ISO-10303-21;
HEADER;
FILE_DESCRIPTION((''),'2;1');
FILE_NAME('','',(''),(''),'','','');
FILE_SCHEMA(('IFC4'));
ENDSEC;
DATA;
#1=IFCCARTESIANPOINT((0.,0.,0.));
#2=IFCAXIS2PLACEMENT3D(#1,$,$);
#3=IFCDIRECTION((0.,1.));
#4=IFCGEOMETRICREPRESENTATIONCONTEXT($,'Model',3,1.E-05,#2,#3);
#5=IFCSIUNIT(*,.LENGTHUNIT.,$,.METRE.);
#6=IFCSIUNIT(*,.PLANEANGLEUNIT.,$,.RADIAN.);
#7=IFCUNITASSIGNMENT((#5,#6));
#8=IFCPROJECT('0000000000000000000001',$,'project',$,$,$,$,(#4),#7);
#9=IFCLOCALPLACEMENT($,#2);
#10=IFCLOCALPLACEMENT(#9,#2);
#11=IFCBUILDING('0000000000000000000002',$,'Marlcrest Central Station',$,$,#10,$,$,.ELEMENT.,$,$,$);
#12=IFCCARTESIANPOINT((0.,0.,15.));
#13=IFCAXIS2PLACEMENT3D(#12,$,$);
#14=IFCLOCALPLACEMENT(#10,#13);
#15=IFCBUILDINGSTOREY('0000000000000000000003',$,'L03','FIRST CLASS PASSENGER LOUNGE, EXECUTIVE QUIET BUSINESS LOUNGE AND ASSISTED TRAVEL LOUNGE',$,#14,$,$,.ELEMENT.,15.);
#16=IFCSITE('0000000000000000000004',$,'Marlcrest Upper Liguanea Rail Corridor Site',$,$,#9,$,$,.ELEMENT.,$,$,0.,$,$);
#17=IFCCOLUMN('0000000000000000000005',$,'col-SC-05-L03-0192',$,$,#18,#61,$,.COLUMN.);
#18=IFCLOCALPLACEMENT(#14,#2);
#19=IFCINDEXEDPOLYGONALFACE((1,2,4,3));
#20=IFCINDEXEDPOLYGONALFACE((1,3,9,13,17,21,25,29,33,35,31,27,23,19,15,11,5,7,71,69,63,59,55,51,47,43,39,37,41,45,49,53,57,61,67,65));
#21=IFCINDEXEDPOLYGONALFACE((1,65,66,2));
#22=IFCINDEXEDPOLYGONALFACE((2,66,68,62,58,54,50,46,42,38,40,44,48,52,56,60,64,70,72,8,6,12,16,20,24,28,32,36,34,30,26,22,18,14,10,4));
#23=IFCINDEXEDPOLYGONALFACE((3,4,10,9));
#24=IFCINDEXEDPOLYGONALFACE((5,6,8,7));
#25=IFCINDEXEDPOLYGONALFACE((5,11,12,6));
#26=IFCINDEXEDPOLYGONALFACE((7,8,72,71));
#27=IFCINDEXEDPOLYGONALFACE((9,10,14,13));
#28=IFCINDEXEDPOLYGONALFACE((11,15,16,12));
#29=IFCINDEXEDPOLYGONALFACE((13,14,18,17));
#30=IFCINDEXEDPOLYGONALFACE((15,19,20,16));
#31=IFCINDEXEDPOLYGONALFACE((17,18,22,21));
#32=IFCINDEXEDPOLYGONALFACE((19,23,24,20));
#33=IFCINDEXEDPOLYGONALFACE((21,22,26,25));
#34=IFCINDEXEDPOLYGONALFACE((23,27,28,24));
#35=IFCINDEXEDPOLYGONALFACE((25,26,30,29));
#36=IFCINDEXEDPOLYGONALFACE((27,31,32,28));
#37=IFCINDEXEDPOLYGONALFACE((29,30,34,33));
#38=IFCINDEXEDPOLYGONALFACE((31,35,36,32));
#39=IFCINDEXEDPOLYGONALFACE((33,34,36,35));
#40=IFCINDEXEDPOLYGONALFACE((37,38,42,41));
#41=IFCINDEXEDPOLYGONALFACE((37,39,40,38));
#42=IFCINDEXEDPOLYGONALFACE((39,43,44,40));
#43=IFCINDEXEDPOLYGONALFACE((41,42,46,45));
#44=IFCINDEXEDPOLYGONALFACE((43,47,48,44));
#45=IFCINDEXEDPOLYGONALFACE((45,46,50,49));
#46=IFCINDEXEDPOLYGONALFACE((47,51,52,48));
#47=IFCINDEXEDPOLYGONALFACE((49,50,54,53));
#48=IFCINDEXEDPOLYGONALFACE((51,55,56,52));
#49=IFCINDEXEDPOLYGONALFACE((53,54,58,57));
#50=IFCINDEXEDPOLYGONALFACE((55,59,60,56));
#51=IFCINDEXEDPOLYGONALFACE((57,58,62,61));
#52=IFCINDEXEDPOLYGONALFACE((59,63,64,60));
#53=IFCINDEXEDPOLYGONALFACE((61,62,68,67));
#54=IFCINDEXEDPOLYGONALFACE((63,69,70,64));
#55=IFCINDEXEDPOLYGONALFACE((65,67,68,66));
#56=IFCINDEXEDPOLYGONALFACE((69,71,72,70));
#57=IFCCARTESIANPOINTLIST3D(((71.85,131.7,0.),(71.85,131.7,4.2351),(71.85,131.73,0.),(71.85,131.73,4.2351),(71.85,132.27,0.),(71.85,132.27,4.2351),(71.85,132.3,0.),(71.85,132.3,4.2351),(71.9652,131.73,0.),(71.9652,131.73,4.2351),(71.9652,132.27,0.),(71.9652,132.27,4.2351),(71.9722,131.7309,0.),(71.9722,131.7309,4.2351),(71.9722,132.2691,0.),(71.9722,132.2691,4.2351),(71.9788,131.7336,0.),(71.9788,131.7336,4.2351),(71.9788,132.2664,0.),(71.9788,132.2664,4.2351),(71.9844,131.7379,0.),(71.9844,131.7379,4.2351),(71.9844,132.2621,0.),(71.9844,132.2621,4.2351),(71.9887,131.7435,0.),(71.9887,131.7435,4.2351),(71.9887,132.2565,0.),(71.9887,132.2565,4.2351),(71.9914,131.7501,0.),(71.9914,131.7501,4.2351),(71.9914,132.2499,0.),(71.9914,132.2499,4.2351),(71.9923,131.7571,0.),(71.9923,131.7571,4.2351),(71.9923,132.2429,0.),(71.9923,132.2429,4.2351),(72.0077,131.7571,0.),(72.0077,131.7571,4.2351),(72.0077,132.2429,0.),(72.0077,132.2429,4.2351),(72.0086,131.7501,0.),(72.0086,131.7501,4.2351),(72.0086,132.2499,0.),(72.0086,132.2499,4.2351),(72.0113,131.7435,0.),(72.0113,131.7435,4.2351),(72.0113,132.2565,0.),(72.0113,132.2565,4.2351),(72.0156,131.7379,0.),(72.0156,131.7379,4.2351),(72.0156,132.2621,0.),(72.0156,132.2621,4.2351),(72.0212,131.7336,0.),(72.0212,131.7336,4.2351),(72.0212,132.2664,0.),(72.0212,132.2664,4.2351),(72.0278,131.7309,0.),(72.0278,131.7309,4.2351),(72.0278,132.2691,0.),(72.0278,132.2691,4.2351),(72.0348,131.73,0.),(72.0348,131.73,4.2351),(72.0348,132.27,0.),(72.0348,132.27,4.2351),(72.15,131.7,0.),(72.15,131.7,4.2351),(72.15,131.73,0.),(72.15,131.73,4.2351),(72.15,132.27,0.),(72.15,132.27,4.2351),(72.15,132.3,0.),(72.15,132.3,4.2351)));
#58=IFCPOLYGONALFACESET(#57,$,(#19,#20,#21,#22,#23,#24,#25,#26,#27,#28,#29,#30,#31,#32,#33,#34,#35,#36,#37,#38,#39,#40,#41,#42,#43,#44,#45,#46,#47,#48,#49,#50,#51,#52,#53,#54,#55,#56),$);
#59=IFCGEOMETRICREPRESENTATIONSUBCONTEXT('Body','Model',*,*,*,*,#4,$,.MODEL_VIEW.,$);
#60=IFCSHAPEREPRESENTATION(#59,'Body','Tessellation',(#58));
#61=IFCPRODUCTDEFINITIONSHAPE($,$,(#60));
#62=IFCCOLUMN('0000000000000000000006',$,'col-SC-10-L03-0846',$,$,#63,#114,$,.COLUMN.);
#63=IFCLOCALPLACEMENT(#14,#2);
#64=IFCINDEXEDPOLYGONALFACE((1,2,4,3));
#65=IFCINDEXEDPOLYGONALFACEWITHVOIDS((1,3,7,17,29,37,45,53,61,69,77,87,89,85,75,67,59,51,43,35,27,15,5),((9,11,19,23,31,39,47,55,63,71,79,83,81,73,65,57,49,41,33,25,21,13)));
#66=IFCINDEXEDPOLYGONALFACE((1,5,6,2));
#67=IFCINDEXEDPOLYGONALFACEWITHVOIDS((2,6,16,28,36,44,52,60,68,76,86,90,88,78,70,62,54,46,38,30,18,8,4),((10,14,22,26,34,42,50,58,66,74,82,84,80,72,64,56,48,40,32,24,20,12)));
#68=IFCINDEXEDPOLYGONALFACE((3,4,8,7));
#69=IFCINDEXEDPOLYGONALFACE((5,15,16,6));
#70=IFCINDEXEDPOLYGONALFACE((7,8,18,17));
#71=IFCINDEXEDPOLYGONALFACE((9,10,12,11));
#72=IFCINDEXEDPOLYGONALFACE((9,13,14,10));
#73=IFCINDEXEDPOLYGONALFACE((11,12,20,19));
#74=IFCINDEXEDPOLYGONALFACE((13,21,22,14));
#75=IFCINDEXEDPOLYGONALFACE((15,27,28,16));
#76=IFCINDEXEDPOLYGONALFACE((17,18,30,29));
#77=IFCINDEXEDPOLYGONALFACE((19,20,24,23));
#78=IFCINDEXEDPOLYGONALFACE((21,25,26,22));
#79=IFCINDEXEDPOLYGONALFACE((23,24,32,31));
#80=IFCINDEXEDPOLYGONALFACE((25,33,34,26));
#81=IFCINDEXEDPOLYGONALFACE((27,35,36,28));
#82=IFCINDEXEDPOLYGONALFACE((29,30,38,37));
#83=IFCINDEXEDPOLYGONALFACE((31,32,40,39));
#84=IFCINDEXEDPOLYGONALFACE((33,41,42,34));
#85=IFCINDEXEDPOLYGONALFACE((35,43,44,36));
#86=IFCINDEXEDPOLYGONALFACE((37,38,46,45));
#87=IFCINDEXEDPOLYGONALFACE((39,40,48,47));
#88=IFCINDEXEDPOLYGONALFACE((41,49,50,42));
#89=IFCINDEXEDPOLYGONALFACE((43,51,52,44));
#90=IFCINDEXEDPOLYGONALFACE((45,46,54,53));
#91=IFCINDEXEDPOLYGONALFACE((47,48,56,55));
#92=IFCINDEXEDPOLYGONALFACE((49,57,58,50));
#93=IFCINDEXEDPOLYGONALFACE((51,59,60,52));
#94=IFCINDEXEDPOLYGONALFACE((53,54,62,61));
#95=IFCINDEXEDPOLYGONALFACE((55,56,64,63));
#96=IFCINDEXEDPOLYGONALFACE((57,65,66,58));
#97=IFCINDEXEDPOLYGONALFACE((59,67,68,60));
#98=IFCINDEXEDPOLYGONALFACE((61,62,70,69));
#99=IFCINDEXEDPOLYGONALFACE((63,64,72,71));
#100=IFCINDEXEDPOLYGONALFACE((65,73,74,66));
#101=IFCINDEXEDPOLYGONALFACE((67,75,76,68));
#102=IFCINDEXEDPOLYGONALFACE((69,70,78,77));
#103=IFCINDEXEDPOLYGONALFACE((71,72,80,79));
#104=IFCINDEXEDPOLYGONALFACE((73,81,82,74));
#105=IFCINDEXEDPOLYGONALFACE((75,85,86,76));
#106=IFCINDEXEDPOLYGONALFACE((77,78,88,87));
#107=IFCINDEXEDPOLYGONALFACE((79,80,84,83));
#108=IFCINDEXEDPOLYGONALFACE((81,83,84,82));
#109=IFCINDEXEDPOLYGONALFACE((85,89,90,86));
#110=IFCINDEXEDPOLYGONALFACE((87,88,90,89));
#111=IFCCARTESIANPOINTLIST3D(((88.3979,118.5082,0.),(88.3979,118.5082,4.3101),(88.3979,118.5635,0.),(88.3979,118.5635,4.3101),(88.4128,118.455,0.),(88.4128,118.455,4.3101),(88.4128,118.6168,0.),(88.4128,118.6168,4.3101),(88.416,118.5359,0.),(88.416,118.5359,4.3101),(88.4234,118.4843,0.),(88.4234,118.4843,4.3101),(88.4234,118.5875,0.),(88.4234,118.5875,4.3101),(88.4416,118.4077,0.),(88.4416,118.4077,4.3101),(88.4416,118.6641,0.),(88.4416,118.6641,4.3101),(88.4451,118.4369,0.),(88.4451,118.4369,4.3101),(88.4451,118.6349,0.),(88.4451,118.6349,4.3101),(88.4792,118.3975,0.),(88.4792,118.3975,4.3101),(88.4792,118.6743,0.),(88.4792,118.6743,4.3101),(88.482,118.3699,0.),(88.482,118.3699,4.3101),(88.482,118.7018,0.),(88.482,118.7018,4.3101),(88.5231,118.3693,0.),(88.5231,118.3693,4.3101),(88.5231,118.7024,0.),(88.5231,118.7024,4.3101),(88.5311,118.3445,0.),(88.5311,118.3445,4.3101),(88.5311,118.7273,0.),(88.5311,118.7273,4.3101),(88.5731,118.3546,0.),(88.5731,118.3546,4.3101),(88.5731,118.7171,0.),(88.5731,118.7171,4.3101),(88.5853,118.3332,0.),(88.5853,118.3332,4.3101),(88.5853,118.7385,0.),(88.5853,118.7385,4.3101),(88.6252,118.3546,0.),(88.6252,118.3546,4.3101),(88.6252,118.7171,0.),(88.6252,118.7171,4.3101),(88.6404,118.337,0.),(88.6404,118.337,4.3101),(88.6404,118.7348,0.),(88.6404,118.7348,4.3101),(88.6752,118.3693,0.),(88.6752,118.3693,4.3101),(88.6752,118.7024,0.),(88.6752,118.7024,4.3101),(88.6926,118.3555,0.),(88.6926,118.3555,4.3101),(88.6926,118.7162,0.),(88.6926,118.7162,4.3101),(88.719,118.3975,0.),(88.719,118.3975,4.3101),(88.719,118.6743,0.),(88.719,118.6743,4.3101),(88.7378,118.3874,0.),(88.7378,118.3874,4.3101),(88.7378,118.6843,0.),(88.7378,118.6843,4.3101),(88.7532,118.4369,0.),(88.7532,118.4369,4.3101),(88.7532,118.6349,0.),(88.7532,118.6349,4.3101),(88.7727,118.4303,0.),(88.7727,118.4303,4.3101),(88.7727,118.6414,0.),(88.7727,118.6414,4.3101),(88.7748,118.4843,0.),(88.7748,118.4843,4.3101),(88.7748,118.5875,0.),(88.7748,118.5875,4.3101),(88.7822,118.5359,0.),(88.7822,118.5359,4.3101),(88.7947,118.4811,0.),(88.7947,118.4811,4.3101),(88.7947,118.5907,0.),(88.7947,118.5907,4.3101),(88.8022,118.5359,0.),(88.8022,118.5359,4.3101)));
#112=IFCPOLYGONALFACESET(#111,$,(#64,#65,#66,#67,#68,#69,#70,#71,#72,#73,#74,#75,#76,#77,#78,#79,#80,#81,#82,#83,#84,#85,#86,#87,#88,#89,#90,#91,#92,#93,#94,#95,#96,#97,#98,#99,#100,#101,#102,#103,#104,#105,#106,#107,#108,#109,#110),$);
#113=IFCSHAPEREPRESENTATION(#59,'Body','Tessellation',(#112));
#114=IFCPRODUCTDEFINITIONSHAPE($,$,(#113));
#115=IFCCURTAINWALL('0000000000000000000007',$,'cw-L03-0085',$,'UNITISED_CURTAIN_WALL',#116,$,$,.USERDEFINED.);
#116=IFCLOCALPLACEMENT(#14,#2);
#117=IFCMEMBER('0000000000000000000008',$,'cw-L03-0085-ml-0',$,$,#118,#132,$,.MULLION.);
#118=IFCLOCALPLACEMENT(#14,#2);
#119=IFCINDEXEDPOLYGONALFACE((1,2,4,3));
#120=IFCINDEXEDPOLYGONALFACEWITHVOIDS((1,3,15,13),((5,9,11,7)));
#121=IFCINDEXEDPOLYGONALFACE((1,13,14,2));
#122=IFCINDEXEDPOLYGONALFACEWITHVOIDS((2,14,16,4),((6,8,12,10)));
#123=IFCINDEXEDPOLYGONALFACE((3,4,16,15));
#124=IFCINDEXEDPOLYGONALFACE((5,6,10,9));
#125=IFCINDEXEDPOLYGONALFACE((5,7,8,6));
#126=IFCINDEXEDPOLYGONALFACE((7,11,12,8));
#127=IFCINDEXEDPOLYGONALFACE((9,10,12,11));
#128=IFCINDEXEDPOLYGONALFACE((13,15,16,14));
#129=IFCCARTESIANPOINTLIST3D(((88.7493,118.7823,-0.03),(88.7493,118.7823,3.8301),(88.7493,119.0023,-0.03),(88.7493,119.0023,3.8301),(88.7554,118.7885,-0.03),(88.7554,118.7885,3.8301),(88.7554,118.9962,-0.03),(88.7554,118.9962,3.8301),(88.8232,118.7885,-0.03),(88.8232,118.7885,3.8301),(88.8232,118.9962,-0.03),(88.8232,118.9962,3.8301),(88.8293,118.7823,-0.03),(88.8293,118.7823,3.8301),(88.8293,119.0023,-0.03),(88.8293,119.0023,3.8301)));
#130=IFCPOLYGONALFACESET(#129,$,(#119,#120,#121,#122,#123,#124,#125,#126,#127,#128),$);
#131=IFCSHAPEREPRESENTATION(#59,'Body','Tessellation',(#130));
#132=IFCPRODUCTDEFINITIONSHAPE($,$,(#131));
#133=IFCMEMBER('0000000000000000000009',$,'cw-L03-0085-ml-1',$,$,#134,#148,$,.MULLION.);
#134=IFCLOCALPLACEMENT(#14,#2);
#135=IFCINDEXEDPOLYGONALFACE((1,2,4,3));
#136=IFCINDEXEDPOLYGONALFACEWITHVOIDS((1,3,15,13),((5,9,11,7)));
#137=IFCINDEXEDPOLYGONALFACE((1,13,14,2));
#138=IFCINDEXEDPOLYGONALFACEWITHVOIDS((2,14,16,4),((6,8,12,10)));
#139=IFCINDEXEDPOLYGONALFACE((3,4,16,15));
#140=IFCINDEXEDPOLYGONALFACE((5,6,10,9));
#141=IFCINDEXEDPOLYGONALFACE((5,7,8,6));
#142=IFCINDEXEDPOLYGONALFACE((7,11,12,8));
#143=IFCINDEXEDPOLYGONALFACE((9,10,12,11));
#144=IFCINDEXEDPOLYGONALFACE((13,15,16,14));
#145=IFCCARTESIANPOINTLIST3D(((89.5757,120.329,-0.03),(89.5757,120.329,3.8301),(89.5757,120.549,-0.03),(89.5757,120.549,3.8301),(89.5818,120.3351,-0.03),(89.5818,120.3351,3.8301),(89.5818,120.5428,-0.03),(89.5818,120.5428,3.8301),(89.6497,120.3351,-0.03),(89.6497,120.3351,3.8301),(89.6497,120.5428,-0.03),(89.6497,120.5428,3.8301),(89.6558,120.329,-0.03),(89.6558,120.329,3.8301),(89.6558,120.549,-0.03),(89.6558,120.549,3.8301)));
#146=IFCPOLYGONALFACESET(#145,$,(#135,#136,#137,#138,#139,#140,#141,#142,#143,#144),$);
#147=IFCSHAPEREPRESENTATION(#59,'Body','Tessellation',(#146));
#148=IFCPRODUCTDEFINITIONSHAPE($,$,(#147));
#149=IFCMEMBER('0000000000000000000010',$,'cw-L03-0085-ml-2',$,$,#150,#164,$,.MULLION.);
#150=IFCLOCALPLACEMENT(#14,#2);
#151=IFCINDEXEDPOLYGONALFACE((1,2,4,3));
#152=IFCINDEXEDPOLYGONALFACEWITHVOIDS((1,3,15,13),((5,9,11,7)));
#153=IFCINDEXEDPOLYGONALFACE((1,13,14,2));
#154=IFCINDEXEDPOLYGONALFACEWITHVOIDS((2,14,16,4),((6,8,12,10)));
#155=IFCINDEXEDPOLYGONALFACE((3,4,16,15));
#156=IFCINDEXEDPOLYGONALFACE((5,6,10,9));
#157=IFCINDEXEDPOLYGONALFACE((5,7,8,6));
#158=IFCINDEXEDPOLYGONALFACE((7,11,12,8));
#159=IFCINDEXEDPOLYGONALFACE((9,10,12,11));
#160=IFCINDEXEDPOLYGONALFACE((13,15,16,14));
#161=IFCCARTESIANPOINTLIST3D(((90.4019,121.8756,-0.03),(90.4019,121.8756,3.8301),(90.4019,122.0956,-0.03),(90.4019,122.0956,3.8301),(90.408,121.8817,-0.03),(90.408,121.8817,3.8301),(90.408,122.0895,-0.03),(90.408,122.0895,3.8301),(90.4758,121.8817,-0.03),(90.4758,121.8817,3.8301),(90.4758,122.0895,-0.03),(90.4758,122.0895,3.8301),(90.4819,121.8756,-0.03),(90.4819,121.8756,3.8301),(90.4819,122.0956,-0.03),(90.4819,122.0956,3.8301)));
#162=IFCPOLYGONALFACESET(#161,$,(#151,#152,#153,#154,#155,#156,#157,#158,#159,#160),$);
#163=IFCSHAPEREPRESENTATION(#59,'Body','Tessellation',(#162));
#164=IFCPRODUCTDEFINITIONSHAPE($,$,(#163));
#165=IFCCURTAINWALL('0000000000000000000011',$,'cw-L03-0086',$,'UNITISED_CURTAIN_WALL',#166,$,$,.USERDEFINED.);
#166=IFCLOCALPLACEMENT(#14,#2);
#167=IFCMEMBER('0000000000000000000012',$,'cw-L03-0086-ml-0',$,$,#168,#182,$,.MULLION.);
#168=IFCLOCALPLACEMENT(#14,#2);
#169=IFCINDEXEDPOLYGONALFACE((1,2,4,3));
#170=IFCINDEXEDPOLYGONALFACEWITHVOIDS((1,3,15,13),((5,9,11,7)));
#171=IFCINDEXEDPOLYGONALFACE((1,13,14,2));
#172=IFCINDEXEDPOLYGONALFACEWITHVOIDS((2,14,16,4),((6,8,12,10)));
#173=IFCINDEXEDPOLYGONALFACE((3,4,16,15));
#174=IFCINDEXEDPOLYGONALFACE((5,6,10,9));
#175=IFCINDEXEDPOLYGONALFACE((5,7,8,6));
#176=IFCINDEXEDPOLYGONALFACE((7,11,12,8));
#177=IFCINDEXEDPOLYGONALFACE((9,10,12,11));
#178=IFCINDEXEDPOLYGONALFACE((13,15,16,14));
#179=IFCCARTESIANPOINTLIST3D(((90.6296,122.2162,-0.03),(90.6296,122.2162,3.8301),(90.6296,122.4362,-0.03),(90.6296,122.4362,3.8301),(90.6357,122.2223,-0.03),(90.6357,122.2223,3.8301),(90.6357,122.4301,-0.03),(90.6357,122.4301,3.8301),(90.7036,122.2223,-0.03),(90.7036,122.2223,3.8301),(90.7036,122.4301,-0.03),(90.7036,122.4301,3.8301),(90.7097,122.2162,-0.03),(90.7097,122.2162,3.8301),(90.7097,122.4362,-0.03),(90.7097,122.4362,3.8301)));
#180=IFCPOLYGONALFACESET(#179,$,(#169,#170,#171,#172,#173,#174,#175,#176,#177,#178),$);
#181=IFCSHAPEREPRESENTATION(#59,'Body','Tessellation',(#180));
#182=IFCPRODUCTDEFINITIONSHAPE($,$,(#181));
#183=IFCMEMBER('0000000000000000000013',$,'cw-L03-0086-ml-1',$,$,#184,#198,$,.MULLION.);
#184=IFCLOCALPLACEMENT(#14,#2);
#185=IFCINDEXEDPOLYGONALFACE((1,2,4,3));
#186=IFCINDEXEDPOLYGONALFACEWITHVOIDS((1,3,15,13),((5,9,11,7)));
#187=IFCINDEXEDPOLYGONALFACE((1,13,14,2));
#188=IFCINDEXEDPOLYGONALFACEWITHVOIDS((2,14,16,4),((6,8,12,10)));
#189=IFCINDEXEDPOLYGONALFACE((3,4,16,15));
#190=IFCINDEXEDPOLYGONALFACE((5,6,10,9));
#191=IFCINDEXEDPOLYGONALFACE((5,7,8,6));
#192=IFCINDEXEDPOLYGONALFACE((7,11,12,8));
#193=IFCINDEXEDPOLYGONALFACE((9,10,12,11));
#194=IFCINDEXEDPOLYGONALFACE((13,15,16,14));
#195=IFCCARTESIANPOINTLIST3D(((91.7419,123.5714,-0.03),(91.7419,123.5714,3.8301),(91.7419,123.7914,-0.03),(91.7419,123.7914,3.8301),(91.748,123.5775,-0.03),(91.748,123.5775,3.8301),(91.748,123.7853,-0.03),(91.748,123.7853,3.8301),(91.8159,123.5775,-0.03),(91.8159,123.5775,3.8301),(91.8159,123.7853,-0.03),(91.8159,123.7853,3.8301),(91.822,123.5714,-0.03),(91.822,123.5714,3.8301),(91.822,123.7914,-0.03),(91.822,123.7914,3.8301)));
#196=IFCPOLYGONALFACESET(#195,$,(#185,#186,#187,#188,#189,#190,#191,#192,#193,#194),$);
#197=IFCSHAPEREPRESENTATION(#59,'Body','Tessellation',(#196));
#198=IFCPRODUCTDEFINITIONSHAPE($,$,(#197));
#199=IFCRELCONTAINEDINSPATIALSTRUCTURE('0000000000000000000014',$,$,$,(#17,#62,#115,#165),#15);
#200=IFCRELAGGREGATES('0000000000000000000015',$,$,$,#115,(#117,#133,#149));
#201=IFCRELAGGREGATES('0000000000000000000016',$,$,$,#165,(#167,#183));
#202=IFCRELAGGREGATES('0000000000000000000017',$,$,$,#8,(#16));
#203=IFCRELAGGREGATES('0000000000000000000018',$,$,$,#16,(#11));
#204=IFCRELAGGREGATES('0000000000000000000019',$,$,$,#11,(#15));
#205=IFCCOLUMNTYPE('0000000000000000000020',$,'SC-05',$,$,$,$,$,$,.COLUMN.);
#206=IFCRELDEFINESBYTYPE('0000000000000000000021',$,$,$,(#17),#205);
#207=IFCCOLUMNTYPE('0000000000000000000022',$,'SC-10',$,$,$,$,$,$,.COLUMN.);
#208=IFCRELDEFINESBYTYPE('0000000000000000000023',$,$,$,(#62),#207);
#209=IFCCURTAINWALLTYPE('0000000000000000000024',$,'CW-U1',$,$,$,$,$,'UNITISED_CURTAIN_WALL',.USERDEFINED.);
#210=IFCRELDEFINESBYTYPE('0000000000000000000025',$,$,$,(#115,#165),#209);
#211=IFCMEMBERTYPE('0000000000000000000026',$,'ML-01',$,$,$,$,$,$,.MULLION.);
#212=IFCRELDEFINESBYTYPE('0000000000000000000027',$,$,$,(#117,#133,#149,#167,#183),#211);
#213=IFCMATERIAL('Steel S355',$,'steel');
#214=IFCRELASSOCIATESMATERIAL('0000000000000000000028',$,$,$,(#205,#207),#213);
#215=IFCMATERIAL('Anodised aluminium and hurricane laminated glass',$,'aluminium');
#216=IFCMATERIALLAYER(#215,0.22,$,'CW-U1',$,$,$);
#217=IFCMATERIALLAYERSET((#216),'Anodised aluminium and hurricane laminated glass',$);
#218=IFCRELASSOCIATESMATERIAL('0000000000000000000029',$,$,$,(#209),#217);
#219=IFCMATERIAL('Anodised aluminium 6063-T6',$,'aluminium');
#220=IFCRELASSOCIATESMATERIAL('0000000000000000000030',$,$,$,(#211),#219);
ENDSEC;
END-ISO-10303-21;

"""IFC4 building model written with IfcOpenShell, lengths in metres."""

from ifc_helpers import new_model, si_unit, direction, frame, origin, origin_2d, place, context, subcontext, project, spatial, hollow_rectangle, hollow_circle, i_section, extrude, material, layer, layer_set, material_profile, profile_set, type_object, element, aggregate, save


model = new_model("IFC4")

# Units and contexts
model_context = context("Model", 3, precision=1e-05, world=origin(), true_north=direction((0.0, 1.0)))
body_context = subcontext(model_context, "Body", "Model", "MODEL_VIEW")
ifc_project = project(units=[si_unit("LENGTHUNIT", "METRE"), si_unit("PLANEANGLEUNIT", "RADIAN")], contexts=[model_context])

# Site, building, storey
site_placement = place(None, origin())
site = spatial("IfcSite", under=ifc_project, at=site_placement, Name="Marlcrest Upper Liguanea Rail Corridor Site", CompositionType="ELEMENT", RefElevation=0.0)
building_placement = place(site_placement, origin())
building = spatial("IfcBuilding", under=site, at=building_placement, Name="Marlcrest Central Station", CompositionType="ELEMENT")
storey_placement = place(building_placement, frame((0.0, 0.0, 15.0)))
storey = spatial("IfcBuildingStorey", under=building, at=storey_placement, Name="L03", Description="FIRST CLASS PASSENGER LOUNGE, EXECUTIVE QUIET BUSINESS LOUNGE AND ASSISTED TRAVEL LOUNGE", CompositionType="ELEMENT", Elevation=15.0)

# Columns
ifc_material_1 = material(Name="Steel S355", Category="steel")
ifc_material_profile_1 = material_profile(ifc_material_1, i_section(OverallWidth=0.3, OverallDepth=0.6001, WebThickness=0.0154, FlangeThickness=0.03, FilletRadius=0.0271, at=origin_2d()), Name="HEB 600")
ifc_profile_set_1 = profile_set([ifc_material_profile_1], Name="Steel S355")
column_type_1 = type_object("IfcColumnType", Name="SC-05", PredefinedType="COLUMN", material=ifc_profile_set_1)
column_1_placement = place(storey_placement, frame((72.0, 132.0, 0.0), z_axis=(0.0, 0.0, 1.0), x_axis=(1.0, 0.0, 0.0)))
element("IfcColumn", 1, at=column_1_placement, inside=storey, type_object=column_type_1, Name="col-SC-05-L03-0192", PredefinedType="COLUMN", context=body_context, shape_type="SweptSolid", body=[
    extrude(i_section(OverallWidth=0.3, OverallDepth=0.6001, WebThickness=0.0154, FlangeThickness=0.03, FilletRadius=0.0271, at=origin_2d()), origin(), (0.0, 0.0, 1.0), 4.2351),
])
ifc_material_profile_2 = material_profile(ifc_material_1, hollow_circle(Radius=0.2031, WallThickness=0.02, at=origin_2d()), Name="CHS 406.4x20")
ifc_profile_set_2 = profile_set([ifc_material_profile_2], Name="Steel S355")
column_type_2 = type_object("IfcColumnType", Name="SC-10", PredefinedType="COLUMN", material=ifc_profile_set_2)
column_2_placement = place(storey_placement, frame((88.5991, 118.5359, 0.0), z_axis=(0.0, 0.0, 1.0), x_axis=(1.0, 0.0, 0.0)))
element("IfcColumn", 2, at=column_2_placement, inside=storey, type_object=column_type_2, Name="col-SC-10-L03-0846", PredefinedType="COLUMN", context=body_context, shape_type="SweptSolid", body=[
    extrude(hollow_circle(Radius=0.2031, WallThickness=0.02, at=origin_2d()), origin(), (0.0, 0.0, 1.0), 4.3101),
])

# Curtain walls, members
ifc_material_2 = material(Name="Anodised aluminium and hurricane laminated glass", Category="aluminium")
ifc_layer_1 = layer(ifc_material_2, 0.22, Name="CW-U1")
ifc_layer_set_1 = layer_set([ifc_layer_1], Name="Anodised aluminium and hurricane laminated glass")
curtain_wall_type = type_object("IfcCurtainWallType", Name="CW-U1", ElementType="UNITISED_CURTAIN_WALL", PredefinedType="USERDEFINED", material=ifc_layer_set_1)
curtain_wall_1_placement = place(storey_placement, origin())
curtain_wall_1 = element("IfcCurtainWall", 3, at=curtain_wall_1_placement, inside=storey, type_object=curtain_wall_type, Name="cw-L03-0085", ObjectType="UNITISED_CURTAIN_WALL", PredefinedType="USERDEFINED")
ifc_material_3 = material(Name="Anodised aluminium 6063-T6", Category="aluminium")
ifc_material_profile_3 = material_profile(ifc_material_3, hollow_rectangle(XDim=0.0801, YDim=0.22, WallThickness=0.0061, at=origin_2d()), Name="AA-RHS 220x80x6")
ifc_profile_set_3 = profile_set([ifc_material_profile_3], Name="Anodised aluminium 6063-T6")
member_type_1 = type_object("IfcMemberType", Name="ML-01", PredefinedType="MULLION", material=ifc_profile_set_3)
member_1_placement = place(storey_placement, frame((88.7893, 118.8923, -0.03), z_axis=(0.0, 0.0, 1.0), x_axis=(1.0, 0.0, 0.0)))
member_1 = element("IfcMember", 4, at=member_1_placement, type_object=member_type_1, Name="cw-L03-0085-ml-0", PredefinedType="MULLION", context=body_context, shape_type="SweptSolid", body=[
    extrude(hollow_rectangle(XDim=0.0801, YDim=0.22, WallThickness=0.0061, at=origin_2d()), origin(), (0.0, 0.0, 1.0), 3.8601),
])
member_2_placement = place(storey_placement, frame((89.6157, 120.439, -0.03), z_axis=(0.0, 0.0, 1.0), x_axis=(1.0, 0.0, 0.0)))
member_2 = element("IfcMember", 5, at=member_2_placement, type_object=member_type_1, Name="cw-L03-0085-ml-1", PredefinedType="MULLION", context=body_context, shape_type="SweptSolid", body=[
    extrude(hollow_rectangle(XDim=0.0801, YDim=0.22, WallThickness=0.0061, at=origin_2d()), origin(), (0.0, 0.0, 1.0), 3.8601),
])
member_3_placement = place(storey_placement, frame((90.4419, 121.9856, -0.03), z_axis=(0.0, 0.0, 1.0), x_axis=(1.0, 0.0, 0.0)))
member_3 = element("IfcMember", 6, at=member_3_placement, type_object=member_type_1, Name="cw-L03-0085-ml-2", PredefinedType="MULLION", context=body_context, shape_type="SweptSolid", body=[
    extrude(hollow_rectangle(XDim=0.0801, YDim=0.22, WallThickness=0.0061, at=origin_2d()), origin(), (0.0, 0.0, 1.0), 3.8601),
])
curtain_wall_2_placement = place(storey_placement, origin())
curtain_wall_2 = element("IfcCurtainWall", 7, at=curtain_wall_2_placement, inside=storey, type_object=curtain_wall_type, Name="cw-L03-0086", ObjectType="UNITISED_CURTAIN_WALL", PredefinedType="USERDEFINED")
member_4_placement = place(storey_placement, frame((90.6697, 122.3262, -0.03), z_axis=(0.0, 0.0, 1.0), x_axis=(1.0, 0.0, 0.0)))
member_4 = element("IfcMember", 8, at=member_4_placement, type_object=member_type_1, Name="cw-L03-0086-ml-0", PredefinedType="MULLION", context=body_context, shape_type="SweptSolid", body=[
    extrude(hollow_rectangle(XDim=0.0801, YDim=0.22, WallThickness=0.0061, at=origin_2d()), origin(), (0.0, 0.0, 1.0), 3.8601),
])
member_5_placement = place(storey_placement, frame((91.782, 123.6814, -0.03), z_axis=(0.0, 0.0, 1.0), x_axis=(1.0, 0.0, 0.0)))
member_5 = element("IfcMember", 9, at=member_5_placement, type_object=member_type_1, Name="cw-L03-0086-ml-1", PredefinedType="MULLION", context=body_context, shape_type="SweptSolid", body=[
    extrude(hollow_rectangle(XDim=0.0801, YDim=0.22, WallThickness=0.0061, at=origin_2d()), origin(), (0.0, 0.0, 1.0), 3.8601),
])

aggregate(curtain_wall_1, [member_1, member_2, member_3])
aggregate(curtain_wall_2, [member_4, member_5])

save(model, "model.ifc")
